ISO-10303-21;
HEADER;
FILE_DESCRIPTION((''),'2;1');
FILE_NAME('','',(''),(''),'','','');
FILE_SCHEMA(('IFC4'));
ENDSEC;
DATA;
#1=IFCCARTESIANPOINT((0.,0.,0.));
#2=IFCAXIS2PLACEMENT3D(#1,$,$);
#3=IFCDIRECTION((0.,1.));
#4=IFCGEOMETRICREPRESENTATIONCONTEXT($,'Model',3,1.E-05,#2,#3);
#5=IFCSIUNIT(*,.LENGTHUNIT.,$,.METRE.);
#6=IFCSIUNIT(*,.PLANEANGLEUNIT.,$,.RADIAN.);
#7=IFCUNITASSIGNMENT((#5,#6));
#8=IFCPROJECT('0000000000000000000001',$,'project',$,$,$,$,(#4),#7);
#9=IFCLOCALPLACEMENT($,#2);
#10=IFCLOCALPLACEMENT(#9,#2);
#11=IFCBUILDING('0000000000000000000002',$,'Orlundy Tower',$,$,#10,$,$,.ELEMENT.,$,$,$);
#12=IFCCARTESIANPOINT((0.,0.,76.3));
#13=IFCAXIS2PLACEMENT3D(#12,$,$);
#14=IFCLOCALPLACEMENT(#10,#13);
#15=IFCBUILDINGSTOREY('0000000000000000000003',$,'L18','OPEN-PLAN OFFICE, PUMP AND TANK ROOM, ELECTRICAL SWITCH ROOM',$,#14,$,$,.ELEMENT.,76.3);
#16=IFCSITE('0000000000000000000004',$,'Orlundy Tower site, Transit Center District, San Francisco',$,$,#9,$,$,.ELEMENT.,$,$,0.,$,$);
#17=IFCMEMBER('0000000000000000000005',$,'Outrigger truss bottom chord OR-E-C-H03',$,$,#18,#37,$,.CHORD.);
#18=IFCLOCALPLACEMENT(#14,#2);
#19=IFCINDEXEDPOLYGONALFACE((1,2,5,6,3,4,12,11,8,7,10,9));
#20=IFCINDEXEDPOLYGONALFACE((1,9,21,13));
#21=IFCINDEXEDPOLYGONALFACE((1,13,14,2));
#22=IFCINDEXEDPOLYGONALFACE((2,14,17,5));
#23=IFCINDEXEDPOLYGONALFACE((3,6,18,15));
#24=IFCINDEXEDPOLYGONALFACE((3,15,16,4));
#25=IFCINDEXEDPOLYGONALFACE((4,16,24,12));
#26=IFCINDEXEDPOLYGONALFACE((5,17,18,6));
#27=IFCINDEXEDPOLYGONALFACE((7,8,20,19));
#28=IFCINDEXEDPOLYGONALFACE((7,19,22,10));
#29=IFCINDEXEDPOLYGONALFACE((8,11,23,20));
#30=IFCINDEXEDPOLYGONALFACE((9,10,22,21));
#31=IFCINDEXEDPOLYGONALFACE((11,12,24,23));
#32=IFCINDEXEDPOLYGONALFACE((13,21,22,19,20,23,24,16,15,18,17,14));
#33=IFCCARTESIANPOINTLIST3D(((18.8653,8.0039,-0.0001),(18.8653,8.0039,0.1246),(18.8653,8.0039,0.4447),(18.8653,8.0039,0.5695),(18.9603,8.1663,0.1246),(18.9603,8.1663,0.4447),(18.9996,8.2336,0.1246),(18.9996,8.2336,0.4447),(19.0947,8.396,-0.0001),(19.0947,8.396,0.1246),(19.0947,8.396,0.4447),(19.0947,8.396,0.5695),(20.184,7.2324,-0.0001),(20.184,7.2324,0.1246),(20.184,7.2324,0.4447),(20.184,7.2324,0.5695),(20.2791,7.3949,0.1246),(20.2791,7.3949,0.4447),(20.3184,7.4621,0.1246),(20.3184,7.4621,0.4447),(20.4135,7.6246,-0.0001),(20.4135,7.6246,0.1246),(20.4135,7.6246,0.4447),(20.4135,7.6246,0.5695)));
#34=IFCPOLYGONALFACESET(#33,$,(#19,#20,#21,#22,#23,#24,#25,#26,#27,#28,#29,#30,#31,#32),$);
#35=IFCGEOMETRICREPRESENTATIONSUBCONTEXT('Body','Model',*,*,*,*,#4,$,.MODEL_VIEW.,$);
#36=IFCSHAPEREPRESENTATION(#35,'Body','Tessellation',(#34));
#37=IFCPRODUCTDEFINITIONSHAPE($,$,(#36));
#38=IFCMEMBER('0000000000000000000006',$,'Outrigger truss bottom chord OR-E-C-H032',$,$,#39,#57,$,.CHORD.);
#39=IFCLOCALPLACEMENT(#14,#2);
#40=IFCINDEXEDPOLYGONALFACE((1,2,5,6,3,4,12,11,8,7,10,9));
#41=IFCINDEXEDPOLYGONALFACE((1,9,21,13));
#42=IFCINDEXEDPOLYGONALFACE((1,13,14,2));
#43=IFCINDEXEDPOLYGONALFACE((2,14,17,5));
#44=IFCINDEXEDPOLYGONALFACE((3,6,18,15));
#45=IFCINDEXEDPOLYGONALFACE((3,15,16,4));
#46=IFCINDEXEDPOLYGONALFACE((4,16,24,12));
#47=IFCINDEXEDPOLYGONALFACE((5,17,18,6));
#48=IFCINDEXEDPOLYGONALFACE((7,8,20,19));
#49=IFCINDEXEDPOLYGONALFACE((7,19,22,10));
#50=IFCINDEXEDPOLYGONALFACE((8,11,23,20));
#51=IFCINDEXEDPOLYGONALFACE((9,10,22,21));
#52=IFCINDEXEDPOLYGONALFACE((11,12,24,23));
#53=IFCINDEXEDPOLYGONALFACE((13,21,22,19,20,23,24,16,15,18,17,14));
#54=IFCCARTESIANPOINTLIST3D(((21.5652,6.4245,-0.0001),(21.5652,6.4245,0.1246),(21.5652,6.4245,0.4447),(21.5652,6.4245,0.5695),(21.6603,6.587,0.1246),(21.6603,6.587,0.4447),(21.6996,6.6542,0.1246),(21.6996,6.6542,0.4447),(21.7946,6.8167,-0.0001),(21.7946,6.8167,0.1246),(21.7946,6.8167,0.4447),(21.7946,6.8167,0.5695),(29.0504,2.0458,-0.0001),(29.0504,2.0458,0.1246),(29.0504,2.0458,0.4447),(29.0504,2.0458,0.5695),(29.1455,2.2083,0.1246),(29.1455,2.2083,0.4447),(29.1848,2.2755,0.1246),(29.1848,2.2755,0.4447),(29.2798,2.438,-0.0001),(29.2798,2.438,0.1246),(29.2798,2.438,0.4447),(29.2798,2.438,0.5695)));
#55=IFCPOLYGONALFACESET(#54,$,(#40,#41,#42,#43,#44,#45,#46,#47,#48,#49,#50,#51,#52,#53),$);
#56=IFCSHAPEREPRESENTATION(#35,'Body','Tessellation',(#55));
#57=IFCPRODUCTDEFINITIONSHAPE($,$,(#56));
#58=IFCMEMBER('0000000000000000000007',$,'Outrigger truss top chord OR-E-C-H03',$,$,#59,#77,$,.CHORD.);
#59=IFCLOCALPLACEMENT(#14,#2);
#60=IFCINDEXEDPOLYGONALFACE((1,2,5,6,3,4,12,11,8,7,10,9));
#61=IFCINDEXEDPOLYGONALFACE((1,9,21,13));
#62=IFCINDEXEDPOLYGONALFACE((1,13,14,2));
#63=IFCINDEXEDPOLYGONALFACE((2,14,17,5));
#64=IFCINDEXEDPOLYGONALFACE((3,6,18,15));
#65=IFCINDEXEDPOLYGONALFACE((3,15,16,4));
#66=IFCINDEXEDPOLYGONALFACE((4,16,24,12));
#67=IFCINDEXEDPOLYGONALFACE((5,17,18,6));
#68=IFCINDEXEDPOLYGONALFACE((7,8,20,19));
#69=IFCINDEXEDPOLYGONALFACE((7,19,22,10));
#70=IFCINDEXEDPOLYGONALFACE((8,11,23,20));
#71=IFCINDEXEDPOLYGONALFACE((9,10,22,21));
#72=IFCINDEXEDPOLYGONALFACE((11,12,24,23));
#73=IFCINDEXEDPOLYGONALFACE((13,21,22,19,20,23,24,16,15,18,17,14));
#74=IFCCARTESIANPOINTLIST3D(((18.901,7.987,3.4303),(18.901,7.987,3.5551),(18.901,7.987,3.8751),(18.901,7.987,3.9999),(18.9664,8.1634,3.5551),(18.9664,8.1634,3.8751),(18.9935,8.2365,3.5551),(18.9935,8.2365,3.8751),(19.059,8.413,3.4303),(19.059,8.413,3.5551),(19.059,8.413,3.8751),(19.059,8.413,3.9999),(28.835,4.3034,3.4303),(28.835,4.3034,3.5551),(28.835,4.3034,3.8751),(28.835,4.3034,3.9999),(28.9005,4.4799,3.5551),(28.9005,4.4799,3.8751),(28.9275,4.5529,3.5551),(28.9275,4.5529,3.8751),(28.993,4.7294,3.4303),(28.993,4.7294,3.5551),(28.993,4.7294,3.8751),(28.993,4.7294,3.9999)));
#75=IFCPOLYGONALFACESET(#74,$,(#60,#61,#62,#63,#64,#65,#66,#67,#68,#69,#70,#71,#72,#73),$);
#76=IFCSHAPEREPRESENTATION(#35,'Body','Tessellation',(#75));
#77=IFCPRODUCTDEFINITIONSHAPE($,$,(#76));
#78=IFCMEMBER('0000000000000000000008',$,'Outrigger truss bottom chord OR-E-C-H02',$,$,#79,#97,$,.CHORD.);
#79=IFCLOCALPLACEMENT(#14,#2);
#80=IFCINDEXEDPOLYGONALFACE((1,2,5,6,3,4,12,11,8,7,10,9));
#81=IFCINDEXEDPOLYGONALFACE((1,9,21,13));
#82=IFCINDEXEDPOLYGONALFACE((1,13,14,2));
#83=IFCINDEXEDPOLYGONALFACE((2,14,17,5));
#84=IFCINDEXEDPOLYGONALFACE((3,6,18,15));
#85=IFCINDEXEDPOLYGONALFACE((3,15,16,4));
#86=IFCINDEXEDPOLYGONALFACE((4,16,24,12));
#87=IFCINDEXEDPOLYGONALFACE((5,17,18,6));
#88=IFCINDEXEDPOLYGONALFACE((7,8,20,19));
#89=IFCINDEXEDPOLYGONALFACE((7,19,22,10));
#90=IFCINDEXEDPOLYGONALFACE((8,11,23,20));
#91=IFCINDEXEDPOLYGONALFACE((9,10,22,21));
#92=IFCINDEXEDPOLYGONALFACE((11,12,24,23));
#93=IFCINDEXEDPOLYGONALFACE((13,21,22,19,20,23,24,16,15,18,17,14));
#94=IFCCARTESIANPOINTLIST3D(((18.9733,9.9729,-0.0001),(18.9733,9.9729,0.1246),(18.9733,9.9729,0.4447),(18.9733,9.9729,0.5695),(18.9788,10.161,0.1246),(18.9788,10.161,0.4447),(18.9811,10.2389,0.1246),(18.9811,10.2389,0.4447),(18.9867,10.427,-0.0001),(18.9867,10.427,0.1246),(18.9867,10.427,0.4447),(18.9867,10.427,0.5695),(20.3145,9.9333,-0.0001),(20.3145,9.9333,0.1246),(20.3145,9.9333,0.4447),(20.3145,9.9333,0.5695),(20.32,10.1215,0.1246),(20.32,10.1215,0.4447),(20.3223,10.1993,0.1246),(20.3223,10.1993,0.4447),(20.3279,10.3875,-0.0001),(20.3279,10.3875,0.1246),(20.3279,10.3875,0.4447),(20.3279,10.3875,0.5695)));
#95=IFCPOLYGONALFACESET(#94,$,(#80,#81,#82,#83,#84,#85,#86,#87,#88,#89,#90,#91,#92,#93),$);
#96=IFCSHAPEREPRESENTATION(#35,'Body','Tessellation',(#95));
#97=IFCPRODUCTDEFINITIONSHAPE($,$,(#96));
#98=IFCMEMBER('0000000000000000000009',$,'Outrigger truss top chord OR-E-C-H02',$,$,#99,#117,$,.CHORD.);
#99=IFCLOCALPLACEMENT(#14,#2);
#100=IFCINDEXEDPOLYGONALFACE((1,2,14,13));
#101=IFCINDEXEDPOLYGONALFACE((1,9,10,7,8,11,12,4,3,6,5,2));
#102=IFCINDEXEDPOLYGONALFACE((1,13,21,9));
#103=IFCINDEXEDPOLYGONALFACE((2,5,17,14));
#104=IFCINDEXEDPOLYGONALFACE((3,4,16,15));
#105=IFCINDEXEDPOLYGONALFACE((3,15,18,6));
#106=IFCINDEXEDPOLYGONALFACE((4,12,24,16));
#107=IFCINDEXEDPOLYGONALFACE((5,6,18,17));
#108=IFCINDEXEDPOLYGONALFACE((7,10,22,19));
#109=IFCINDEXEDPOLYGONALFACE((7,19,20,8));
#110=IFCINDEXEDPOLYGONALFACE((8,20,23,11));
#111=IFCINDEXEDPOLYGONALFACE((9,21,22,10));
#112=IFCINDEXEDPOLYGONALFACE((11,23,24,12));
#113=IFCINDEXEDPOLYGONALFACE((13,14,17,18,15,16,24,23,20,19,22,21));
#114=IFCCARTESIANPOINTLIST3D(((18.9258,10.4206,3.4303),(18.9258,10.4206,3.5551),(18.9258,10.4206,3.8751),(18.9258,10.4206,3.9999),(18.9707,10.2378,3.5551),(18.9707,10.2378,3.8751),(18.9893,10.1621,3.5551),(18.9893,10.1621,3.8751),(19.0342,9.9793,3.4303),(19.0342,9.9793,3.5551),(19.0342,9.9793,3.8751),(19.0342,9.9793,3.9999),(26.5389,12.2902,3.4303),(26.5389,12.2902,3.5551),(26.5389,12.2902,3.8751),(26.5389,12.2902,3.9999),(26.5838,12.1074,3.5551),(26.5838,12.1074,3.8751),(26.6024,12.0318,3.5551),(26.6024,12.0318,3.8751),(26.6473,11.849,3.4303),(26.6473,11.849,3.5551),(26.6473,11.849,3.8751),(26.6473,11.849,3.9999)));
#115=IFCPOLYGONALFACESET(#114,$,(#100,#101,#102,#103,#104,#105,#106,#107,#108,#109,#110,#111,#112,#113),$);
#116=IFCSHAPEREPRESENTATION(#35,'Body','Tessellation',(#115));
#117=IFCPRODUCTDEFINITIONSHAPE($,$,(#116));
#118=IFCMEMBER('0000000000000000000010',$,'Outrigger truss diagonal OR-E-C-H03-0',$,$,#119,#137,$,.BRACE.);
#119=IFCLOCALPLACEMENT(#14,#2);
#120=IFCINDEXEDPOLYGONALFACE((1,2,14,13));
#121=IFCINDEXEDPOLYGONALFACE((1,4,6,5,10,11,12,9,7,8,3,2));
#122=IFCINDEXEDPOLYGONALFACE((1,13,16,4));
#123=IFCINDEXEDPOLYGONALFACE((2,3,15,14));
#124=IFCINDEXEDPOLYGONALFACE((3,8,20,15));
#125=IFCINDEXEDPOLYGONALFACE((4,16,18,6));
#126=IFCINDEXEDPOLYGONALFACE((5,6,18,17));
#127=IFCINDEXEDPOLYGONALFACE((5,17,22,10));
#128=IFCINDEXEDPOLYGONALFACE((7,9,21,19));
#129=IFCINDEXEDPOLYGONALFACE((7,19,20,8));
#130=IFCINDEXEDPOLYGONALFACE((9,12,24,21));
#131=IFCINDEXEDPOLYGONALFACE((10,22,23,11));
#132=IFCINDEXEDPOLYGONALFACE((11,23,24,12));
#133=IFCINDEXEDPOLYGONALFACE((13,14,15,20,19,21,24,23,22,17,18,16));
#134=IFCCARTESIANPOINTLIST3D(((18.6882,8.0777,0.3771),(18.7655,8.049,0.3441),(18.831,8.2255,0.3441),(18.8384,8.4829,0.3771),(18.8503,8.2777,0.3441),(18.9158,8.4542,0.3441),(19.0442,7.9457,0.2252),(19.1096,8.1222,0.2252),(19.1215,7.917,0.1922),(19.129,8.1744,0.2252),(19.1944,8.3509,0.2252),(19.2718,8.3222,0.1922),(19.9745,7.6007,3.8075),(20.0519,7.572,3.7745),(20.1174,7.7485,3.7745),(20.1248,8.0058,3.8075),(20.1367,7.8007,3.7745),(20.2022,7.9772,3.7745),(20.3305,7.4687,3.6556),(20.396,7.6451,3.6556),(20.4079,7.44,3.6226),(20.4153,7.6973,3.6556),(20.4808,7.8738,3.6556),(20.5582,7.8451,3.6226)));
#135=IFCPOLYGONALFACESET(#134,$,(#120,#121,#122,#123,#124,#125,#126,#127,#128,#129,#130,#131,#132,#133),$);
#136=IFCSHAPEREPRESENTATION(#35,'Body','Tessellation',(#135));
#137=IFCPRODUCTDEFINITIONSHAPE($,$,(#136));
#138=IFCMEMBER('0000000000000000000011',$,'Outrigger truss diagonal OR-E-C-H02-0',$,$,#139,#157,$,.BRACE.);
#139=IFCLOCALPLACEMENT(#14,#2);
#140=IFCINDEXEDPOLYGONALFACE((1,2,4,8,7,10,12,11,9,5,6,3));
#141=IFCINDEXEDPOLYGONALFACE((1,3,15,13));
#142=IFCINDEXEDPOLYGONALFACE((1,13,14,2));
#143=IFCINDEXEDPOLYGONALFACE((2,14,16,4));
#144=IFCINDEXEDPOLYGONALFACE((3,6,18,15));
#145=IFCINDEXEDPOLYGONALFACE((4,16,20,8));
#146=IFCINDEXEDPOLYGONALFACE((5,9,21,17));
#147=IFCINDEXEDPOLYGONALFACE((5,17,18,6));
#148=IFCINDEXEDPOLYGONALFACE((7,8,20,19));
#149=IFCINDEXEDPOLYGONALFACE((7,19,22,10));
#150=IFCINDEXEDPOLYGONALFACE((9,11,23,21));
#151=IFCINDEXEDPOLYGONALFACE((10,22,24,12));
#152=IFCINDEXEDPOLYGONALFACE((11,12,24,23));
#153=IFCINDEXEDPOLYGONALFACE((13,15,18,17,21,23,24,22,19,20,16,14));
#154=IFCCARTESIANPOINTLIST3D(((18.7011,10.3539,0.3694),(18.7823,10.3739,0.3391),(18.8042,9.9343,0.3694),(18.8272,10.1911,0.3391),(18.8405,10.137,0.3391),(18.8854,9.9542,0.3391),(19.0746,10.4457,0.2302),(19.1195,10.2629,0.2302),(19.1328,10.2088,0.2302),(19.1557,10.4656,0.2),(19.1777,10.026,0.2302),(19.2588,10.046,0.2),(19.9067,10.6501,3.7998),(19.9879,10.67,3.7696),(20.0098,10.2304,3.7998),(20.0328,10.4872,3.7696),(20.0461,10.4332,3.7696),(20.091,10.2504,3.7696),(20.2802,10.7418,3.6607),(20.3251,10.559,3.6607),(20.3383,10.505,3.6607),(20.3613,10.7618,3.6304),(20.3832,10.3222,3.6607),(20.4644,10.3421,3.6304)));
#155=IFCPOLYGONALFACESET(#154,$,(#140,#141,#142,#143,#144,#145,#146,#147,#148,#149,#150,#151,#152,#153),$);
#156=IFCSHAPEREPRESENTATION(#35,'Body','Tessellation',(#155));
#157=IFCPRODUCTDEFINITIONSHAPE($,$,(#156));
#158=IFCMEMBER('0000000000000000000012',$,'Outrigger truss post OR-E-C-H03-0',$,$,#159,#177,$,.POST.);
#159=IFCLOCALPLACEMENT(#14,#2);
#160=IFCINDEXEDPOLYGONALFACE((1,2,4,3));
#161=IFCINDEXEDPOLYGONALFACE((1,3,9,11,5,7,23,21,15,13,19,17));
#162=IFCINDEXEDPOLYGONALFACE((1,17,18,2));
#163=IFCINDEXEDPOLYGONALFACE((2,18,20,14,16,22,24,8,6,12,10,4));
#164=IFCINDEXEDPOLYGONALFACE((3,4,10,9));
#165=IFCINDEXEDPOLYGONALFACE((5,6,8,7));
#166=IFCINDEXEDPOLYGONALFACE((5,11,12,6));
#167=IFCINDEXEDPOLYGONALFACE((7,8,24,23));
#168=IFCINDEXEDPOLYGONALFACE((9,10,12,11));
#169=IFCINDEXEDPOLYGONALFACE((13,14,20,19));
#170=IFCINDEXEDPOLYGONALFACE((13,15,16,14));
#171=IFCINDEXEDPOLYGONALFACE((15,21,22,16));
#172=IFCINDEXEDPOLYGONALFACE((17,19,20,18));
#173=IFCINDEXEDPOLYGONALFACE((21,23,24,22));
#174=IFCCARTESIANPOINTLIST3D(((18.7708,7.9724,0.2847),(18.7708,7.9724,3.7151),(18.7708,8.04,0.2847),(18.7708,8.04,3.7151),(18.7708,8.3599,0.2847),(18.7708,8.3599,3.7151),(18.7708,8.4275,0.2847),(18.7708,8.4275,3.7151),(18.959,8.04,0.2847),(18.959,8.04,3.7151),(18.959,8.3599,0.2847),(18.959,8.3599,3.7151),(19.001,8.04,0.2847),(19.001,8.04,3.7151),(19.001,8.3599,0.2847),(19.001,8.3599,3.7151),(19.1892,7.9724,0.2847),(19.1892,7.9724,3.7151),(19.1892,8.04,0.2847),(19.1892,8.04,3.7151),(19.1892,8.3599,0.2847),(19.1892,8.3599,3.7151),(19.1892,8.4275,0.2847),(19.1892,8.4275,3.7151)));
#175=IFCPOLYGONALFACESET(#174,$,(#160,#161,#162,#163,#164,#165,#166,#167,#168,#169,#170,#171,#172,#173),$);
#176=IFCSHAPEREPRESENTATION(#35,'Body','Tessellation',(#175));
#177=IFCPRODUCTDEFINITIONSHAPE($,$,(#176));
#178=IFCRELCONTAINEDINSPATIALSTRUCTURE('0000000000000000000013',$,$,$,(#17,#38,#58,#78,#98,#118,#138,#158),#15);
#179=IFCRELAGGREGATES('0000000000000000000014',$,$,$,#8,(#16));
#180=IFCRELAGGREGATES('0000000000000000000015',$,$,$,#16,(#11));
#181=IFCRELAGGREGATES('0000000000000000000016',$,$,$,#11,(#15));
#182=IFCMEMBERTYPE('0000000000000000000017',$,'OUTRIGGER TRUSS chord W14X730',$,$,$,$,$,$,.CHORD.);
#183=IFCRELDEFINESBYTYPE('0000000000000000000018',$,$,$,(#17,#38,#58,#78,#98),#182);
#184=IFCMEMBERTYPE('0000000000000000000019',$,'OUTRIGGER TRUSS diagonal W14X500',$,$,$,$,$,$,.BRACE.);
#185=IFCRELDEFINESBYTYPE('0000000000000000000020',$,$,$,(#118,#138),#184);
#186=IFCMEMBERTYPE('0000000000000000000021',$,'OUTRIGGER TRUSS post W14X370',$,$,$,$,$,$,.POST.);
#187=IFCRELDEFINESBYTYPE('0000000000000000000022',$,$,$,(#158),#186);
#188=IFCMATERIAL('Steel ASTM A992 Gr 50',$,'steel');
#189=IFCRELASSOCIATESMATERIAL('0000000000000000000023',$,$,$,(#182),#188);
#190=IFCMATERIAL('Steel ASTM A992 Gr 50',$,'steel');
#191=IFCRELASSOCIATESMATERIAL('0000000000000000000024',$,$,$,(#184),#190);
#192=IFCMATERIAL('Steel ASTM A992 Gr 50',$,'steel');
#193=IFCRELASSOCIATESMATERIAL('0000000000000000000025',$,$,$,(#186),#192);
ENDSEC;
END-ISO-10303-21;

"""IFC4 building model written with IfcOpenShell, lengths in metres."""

from ifc_helpers import new_model, si_unit, direction, frame, origin, origin_2d, place, context, subcontext, project, spatial, i_section, extrude, material, material_profile, profile_set, type_object, element, save


model = new_model("IFC4")

# Units and contexts
model_context = context("Model", 3, precision=1e-05, world=origin(), true_north=direction((0.0, 1.0)))
body_context = subcontext(model_context, "Body", "Model", "MODEL_VIEW")
ifc_project = project(units=[si_unit("LENGTHUNIT", "METRE"), si_unit("PLANEANGLEUNIT", "RADIAN")], contexts=[model_context])

# Site, building, storey
site_placement = place(None, origin())
site = spatial("IfcSite", under=ifc_project, at=site_placement, Name="Orlundy Tower site, Transit Center District, San Francisco", CompositionType="ELEMENT", RefElevation=0.0)
building_placement = place(site_placement, origin())
building = spatial("IfcBuilding", under=site, at=building_placement, Name="Orlundy Tower", CompositionType="ELEMENT")
storey_placement = place(building_placement, frame((0.0, 0.0, 76.3)))
storey = spatial("IfcBuildingStorey", under=building, at=storey_placement, Name="L18", Description="OPEN-PLAN OFFICE, PUMP AND TANK ROOM, ELECTRICAL SWITCH ROOM", CompositionType="ELEMENT", Elevation=76.3)

# Members
ifc_material_1 = material(Name="Steel ASTM A992 Gr 50", Category="steel")
ifc_material_profile_1 = material_profile(ifc_material_1, i_section(OverallWidth=0.4543, OverallDepth=0.5696, WebThickness=0.0779, FlangeThickness=0.1248, at=origin_2d()), Name="W14X730")
ifc_profile_set_1 = profile_set([ifc_material_profile_1], Name="Steel ASTM A992 Gr 50")
member_type_1 = type_object("IfcMemberType", Name="OUTRIGGER TRUSS chord W14X730", PredefinedType="CHORD", material=ifc_profile_set_1)
member_1_placement = place(storey_placement, frame((18.98, 8.2, 0.2847), z_axis=(0.863164, -0.504924, 0.0), x_axis=(0.504924, 0.863164, 0.0)))
element("IfcMember", 1, at=member_1_placement, inside=storey, type_object=member_type_1, Name="Outrigger truss bottom chord OR-E-C-H03", PredefinedType="CHORD", context=body_context, shape_type="SweptSolid", body=[
    extrude(i_section(OverallWidth=0.4543, OverallDepth=0.5696, WebThickness=0.0779, FlangeThickness=0.1248, at=origin_2d()), origin(), (0.0, 0.0, 1.0), 1.5278),
])
member_2_placement = place(storey_placement, frame((21.6799, 6.6206, 0.2847), z_axis=(0.863158, -0.504933, 0.0), x_axis=(0.504933, 0.863158, 0.0)))
element("IfcMember", 2, at=member_2_placement, inside=storey, type_object=member_type_1, Name="Outrigger truss bottom chord OR-E-C-H032", PredefinedType="CHORD", context=body_context, shape_type="SweptSolid", body=[
    extrude(i_section(OverallWidth=0.4543, OverallDepth=0.5696, WebThickness=0.0779, FlangeThickness=0.1248, at=origin_2d()), origin(), (0.0, 0.0, 1.0), 8.6719),
])
member_3_placement = place(storey_placement, frame((18.98, 8.2, 3.7151), z_axis=(0.937616, -0.347672, 0.0), x_axis=(0.347672, 0.937616, 0.0)))
element("IfcMember", 3, at=member_3_placement, inside=storey, type_object=member_type_1, Name="Outrigger truss top chord OR-E-C-H03", PredefinedType="CHORD", context=body_context, shape_type="SweptSolid", body=[
    extrude(i_section(OverallWidth=0.4543, OverallDepth=0.5696, WebThickness=0.0779, FlangeThickness=0.1248, at=origin_2d()), origin(), (0.0, 0.0, 1.0), 10.595),
])
member_4_placement = place(storey_placement, frame((18.98, 10.2, 0.2847), z_axis=(0.999566, -0.029474, 0.0), x_axis=(0.029474, 0.999566, 0.0)))
element("IfcMember", 4, at=member_4_placement, inside=storey, type_object=member_type_1, Name="Outrigger truss bottom chord OR-E-C-H02", PredefinedType="CHORD", context=body_context, shape_type="SweptSolid", body=[
    extrude(i_section(OverallWidth=0.4543, OverallDepth=0.5696, WebThickness=0.0779, FlangeThickness=0.1248, at=origin_2d()), origin(), (0.0, 0.0, 1.0), 1.3418),
])
member_5_placement = place(storey_placement, frame((18.98, 10.2, 3.7151), z_axis=(0.971144, 0.238496, 0.0), x_axis=(-0.238496, 0.971144, 0.0)))
element("IfcMember", 5, at=member_5_placement, inside=storey, type_object=member_type_1, Name="Outrigger truss top chord OR-E-C-H02", PredefinedType="CHORD", context=body_context, shape_type="SweptSolid", body=[
    extrude(i_section(OverallWidth=0.4543, OverallDepth=0.5696, WebThickness=0.0779, FlangeThickness=0.1248, at=origin_2d()), origin(), (0.0, 0.0, 1.0), 7.8394),
])
ifc_material_2 = material(Name="Steel ASTM A992 Gr 50", Category="steel")
ifc_material_profile_2 = material_profile(ifc_material_2, i_section(OverallWidth=0.4321, OverallDepth=0.4978, WebThickness=0.0557, FlangeThickness=0.0889, at=origin_2d()), Name="W14X500")
ifc_profile_set_2 = profile_set([ifc_material_profile_2], Name="Steel ASTM A992 Gr 50")
member_type_2 = type_object("IfcMemberType", Name="OUTRIGGER TRUSS diagonal W14X500", PredefinedType="BRACE", material=ifc_profile_set_2)
member_6_placement = place(storey_placement, frame((18.98, 8.2, 0.2847), z_axis=(0.348177, -0.129121, 0.928494), x_axis=(0.347708, 0.937603, 0.0)))
element("IfcMember", 6, at=member_6_placement, inside=storey, type_object=member_type_2, Name="Outrigger truss diagonal OR-E-C-H03-0", PredefinedType="BRACE", context=body_context, shape_type="SweptSolid", body=[
    extrude(i_section(OverallWidth=0.4321, OverallDepth=0.4978, WebThickness=0.0557, FlangeThickness=0.0889, at=origin_2d()), origin(), (0.0, 0.0, 1.0), 3.6946),
])
member_7_placement = place(storey_placement, frame((18.98, 10.2, 0.2847), z_axis=(0.330461, 0.081176, 0.940322), x_axis=(-0.238554, 0.971129, 0.0)))
element("IfcMember", 7, at=member_7_placement, inside=storey, type_object=member_type_2, Name="Outrigger truss diagonal OR-E-C-H02-0", PredefinedType="BRACE", context=body_context, shape_type="SweptSolid", body=[
    extrude(i_section(OverallWidth=0.4321, OverallDepth=0.4978, WebThickness=0.0557, FlangeThickness=0.0889, at=origin_2d()), origin(), (0.0, 0.0, 1.0), 3.6482),
])
ifc_material_3 = material(Name="Steel ASTM A992 Gr 50", Category="steel")
ifc_material_profile_3 = material_profile(ifc_material_3, i_section(OverallWidth=0.4185, OverallDepth=0.4551, WebThickness=0.042, FlangeThickness=0.0676, at=origin_2d()), Name="W14X370")
ifc_profile_set_3 = profile_set([ifc_material_profile_3], Name="Steel ASTM A992 Gr 50")
member_type_3 = type_object("IfcMemberType", Name="OUTRIGGER TRUSS post W14X370", PredefinedType="POST", material=ifc_profile_set_3)
for number, where, z_axis, x_axis, name in (
    (8, (18.98, 8.2, 0.2847), (0.0, 0.0, 1.0), (1.0, 0.0, 0.0), "Outrigger truss post OR-E-C-H03-0"),
):
    element("IfcMember", number, at=place(storey_placement, frame(where, z_axis=z_axis, x_axis=x_axis)), inside=storey, type_object=member_type_3, Name=name, PredefinedType="POST", context=body_context, shape_type="SweptSolid", body=[
        extrude(i_section(OverallWidth=0.4185, OverallDepth=0.4551, WebThickness=0.042, FlangeThickness=0.0676, at=origin_2d()), origin(), (0.0, 0.0, 1.0), 3.4304),
    ])

save(model, "model.ifc")
